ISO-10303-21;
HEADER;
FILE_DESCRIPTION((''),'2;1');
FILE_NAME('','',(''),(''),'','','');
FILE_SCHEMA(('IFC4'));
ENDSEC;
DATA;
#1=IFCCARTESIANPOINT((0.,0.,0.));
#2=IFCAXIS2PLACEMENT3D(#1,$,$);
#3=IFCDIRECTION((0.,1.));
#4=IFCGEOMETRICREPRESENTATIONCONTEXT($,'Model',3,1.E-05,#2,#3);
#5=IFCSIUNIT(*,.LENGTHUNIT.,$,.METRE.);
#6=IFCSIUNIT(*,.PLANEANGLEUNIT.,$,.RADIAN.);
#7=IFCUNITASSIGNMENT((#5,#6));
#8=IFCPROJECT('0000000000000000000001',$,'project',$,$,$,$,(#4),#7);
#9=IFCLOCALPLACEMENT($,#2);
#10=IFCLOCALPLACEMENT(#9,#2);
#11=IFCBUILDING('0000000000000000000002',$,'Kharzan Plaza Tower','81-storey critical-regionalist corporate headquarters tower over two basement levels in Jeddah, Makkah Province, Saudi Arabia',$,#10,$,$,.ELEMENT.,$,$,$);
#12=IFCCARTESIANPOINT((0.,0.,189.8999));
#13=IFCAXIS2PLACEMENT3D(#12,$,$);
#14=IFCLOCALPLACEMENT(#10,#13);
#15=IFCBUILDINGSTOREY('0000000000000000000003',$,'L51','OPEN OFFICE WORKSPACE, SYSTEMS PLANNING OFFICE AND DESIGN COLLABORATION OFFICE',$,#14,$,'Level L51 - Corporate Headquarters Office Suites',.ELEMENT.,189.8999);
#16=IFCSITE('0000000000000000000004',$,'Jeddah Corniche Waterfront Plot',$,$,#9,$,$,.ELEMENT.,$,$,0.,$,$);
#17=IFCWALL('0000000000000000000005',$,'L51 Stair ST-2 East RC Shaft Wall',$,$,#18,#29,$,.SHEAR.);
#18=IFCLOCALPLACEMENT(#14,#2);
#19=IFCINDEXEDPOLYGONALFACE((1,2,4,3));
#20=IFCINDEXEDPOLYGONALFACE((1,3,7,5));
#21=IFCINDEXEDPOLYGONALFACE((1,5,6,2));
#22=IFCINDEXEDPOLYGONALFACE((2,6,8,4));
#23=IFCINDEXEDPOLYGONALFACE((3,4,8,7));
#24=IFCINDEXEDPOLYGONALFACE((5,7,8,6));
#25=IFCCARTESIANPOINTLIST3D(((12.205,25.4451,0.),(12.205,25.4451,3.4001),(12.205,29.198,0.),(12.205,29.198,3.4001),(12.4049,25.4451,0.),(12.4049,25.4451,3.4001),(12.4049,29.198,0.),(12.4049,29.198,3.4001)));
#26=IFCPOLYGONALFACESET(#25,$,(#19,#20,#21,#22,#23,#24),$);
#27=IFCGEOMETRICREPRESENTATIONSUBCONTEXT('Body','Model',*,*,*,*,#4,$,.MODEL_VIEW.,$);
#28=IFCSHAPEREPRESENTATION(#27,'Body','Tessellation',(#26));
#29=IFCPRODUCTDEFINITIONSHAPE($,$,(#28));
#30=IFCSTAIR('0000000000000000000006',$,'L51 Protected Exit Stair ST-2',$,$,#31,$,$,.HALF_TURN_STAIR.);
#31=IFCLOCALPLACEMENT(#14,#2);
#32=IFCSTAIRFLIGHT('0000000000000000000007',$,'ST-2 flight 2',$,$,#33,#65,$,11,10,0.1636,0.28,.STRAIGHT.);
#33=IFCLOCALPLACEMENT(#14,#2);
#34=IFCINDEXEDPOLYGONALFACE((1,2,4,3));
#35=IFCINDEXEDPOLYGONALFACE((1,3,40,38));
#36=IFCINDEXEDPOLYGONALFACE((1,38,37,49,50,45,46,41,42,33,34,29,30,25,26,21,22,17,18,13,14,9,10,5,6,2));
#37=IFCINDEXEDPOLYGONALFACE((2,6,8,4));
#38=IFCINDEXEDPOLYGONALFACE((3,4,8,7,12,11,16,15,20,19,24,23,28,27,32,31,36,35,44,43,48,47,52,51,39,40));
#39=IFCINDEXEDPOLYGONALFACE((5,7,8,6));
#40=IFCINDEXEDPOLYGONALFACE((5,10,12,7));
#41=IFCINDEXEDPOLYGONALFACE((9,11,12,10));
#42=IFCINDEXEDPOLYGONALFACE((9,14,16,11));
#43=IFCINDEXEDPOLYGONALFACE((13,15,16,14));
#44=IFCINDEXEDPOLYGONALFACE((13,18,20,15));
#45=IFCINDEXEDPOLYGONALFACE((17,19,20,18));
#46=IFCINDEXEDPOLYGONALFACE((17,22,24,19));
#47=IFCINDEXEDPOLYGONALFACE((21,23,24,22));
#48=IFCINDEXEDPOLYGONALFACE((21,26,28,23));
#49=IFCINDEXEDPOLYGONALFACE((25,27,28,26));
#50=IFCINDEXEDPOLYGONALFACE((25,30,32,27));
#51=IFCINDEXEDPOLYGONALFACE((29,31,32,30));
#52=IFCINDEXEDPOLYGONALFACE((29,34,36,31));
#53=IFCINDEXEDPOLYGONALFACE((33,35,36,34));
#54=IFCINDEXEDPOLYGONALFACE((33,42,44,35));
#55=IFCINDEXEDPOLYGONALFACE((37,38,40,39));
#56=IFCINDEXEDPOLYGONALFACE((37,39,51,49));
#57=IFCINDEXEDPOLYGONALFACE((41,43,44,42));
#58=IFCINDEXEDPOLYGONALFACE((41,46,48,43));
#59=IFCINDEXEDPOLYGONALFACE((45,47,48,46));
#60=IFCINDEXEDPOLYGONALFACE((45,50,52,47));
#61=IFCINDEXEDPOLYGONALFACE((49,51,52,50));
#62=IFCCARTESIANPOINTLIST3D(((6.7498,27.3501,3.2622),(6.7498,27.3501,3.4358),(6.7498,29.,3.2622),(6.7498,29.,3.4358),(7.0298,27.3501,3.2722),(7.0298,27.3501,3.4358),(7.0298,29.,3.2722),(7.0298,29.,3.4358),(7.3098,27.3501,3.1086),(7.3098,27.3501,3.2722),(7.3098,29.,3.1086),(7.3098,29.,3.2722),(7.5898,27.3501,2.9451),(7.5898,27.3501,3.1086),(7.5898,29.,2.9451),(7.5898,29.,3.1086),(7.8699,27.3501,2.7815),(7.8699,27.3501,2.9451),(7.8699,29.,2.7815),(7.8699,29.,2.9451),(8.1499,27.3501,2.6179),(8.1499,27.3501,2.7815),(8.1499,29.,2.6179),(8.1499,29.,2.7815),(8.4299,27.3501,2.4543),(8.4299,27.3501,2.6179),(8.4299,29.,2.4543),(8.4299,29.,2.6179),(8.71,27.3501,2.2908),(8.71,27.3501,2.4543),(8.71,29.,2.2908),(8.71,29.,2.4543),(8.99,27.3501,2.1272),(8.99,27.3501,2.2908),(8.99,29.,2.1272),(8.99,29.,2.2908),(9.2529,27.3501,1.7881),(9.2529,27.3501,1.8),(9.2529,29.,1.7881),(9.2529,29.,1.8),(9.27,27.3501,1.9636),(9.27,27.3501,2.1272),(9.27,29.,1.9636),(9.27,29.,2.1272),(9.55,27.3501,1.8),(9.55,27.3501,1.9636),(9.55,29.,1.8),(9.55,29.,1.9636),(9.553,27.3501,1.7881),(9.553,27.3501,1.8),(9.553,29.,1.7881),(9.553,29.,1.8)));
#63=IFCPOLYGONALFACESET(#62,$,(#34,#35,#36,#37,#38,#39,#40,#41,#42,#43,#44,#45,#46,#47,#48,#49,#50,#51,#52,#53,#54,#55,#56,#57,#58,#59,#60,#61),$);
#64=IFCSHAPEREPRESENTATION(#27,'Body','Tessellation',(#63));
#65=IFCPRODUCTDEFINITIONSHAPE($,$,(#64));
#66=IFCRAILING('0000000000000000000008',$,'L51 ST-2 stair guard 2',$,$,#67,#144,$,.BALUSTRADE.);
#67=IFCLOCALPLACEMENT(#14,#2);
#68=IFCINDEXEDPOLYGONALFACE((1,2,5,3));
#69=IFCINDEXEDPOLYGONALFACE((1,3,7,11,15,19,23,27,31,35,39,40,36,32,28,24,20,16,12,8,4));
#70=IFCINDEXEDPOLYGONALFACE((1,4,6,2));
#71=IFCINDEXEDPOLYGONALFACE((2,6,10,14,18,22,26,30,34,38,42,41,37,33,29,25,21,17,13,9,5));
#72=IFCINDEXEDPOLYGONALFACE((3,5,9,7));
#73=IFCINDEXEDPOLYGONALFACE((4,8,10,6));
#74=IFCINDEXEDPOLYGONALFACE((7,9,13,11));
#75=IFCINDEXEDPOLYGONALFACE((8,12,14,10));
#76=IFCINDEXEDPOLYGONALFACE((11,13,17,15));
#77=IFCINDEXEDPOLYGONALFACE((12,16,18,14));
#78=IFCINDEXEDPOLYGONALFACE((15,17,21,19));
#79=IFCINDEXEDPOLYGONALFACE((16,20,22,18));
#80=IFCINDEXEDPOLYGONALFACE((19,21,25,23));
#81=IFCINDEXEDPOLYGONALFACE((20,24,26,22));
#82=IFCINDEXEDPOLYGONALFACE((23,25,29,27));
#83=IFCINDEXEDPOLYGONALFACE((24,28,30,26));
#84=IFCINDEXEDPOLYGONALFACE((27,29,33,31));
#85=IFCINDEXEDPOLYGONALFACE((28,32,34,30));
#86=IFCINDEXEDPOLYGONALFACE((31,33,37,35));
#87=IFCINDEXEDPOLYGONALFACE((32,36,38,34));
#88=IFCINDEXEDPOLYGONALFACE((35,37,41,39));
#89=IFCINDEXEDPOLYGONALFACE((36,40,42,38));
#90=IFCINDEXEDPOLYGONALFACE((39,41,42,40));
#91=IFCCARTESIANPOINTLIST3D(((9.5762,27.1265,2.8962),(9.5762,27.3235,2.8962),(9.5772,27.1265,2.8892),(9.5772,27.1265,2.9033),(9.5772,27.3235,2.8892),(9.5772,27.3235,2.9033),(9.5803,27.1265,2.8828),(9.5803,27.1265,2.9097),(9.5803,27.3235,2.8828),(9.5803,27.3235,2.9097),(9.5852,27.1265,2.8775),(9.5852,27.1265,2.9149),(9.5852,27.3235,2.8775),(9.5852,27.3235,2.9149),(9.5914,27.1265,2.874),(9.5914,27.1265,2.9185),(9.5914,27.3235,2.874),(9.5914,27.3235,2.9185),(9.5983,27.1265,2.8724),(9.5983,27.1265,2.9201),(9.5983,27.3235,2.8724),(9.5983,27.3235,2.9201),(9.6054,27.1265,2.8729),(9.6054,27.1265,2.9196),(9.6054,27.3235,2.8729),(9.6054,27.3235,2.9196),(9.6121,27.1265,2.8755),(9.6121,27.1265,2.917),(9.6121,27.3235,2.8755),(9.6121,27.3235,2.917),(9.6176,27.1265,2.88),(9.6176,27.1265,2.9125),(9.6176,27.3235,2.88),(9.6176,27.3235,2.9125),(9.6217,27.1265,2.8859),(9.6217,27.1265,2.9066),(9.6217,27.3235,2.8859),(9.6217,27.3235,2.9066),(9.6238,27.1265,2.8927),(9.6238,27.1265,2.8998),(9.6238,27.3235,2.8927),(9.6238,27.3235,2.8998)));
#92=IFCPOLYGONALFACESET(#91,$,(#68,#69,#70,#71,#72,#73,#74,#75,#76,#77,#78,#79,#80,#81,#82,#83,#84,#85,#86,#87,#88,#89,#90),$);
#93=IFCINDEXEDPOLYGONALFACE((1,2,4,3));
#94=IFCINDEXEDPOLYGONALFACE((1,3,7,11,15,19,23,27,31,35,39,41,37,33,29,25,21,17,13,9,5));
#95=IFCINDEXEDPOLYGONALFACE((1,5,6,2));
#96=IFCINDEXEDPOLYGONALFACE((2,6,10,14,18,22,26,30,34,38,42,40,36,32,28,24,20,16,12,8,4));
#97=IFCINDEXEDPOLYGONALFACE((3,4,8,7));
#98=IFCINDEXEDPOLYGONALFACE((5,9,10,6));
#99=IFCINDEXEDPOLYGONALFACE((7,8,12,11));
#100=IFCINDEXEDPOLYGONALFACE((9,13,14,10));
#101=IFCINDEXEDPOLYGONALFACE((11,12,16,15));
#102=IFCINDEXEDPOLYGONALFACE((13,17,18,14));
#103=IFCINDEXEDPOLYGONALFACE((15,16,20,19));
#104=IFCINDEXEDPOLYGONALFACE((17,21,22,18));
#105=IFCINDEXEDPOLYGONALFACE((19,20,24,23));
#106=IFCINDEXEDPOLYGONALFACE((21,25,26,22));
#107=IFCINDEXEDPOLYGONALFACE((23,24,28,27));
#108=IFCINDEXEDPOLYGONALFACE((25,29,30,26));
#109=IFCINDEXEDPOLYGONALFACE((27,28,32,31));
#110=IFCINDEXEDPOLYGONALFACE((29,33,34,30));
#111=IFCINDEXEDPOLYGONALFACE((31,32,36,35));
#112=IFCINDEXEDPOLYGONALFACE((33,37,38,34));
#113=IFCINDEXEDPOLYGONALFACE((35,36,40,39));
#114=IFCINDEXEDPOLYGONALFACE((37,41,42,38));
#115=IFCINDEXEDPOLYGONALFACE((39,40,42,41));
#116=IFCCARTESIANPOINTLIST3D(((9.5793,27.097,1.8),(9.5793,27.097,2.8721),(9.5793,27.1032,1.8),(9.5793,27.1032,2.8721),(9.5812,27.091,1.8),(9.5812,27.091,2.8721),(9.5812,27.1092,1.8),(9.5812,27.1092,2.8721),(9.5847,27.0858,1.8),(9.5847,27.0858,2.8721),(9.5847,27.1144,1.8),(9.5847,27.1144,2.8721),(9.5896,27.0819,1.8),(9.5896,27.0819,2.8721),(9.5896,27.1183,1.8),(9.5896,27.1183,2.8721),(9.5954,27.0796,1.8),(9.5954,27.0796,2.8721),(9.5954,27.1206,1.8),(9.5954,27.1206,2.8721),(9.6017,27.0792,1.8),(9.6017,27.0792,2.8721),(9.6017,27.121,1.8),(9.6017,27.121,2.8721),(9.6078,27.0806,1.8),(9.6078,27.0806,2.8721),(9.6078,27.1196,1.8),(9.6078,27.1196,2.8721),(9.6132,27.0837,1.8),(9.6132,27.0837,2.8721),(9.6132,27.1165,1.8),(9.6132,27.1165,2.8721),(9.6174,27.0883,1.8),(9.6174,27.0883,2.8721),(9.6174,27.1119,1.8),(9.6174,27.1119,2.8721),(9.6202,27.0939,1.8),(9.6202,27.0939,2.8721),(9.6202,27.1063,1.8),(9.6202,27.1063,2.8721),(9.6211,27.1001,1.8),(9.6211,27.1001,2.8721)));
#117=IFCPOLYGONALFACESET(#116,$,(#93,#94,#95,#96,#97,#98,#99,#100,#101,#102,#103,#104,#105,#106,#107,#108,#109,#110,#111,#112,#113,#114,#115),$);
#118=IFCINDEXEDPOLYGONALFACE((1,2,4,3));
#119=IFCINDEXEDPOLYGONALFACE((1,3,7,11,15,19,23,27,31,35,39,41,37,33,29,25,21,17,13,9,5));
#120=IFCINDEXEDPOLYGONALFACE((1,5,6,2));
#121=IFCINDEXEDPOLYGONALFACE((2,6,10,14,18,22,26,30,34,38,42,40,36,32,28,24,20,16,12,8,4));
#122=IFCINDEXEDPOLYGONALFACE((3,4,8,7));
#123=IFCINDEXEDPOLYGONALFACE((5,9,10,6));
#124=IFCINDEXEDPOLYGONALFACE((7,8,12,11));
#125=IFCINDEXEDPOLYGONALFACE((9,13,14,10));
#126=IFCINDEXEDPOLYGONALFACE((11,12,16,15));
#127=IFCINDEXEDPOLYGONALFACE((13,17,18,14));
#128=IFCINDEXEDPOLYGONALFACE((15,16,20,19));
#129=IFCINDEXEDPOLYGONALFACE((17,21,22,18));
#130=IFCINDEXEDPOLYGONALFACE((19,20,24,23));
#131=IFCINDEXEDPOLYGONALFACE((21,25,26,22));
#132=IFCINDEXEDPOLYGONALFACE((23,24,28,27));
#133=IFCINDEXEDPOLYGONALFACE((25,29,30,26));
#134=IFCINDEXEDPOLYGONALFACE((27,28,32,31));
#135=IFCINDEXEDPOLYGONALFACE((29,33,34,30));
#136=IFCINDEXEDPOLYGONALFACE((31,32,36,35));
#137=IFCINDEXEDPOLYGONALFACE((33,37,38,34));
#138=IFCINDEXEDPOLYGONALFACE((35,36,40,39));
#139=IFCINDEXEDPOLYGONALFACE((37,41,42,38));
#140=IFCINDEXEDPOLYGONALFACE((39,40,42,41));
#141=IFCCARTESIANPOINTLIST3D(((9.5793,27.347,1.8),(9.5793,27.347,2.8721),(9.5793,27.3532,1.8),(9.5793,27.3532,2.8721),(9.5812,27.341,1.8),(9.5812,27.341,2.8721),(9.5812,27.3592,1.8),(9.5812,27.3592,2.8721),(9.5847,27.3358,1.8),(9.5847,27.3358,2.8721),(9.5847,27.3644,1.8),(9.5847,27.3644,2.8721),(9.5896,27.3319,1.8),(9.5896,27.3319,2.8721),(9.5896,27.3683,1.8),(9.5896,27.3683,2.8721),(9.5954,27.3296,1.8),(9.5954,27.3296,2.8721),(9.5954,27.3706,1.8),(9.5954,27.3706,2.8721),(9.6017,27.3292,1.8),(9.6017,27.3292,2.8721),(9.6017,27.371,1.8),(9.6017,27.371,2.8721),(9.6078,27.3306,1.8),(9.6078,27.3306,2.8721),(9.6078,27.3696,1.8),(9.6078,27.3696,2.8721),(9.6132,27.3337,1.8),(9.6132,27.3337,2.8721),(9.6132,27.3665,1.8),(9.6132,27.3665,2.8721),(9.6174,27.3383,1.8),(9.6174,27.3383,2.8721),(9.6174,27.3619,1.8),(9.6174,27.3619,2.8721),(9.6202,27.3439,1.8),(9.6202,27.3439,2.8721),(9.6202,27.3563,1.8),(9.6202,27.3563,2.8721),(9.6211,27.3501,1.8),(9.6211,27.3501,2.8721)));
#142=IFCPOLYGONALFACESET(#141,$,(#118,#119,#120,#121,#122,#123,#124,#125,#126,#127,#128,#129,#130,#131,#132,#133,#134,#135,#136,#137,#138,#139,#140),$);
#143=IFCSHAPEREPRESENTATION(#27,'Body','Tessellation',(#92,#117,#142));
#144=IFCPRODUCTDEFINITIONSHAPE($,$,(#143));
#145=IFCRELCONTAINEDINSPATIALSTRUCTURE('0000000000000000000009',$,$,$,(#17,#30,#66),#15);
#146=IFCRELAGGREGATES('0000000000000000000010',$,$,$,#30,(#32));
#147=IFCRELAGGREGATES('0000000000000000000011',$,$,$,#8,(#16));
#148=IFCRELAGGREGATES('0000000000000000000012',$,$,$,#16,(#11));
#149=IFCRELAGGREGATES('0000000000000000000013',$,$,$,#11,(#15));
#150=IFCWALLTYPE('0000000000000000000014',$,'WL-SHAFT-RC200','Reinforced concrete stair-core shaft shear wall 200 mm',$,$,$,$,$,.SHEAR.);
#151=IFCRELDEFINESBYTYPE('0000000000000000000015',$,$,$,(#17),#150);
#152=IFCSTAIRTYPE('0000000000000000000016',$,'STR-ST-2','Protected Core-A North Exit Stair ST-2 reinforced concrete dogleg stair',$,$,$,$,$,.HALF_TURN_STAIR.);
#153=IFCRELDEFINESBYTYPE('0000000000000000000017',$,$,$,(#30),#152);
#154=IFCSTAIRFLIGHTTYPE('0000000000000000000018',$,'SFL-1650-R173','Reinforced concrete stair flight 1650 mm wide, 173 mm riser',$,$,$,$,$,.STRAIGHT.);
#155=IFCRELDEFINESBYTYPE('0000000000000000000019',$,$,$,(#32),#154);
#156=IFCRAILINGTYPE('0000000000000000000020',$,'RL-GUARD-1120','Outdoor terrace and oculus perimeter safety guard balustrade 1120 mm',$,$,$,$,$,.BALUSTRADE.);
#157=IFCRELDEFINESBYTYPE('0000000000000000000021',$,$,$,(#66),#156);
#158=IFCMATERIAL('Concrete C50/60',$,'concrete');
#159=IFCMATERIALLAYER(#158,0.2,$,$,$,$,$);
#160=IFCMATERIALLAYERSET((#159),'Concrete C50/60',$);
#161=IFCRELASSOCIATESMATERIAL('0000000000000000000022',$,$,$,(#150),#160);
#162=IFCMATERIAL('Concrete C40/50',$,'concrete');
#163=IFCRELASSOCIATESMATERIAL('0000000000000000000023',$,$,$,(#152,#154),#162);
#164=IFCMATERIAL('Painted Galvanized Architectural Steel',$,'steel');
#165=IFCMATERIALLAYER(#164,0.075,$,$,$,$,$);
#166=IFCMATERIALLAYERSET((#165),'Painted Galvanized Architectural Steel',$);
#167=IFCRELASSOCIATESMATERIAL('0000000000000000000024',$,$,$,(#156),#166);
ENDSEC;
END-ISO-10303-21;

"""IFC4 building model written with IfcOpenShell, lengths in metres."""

from ifc_helpers import new_model, si_unit, direction, frame, frame_2d, origin, origin_2d, place, context, subcontext, project, spatial, polyline, rectangle, circle, outline, extrude, source, transform, mapped, material, layer, layer_set, type_object, element, aggregate, save


model = new_model("IFC4")

# Units and contexts
model_context = context("Model", 3, precision=1e-05, world=origin(), true_north=direction((0.0, 1.0)))
body_context = subcontext(model_context, "Body", "Model", "MODEL_VIEW")
ifc_project = project(units=[si_unit("LENGTHUNIT", "METRE"), si_unit("PLANEANGLEUNIT", "RADIAN")], contexts=[model_context])

# Site, building, storey
site_placement = place(None, origin())
site = spatial("IfcSite", under=ifc_project, at=site_placement, Name="Jeddah Corniche Waterfront Plot", CompositionType="ELEMENT", RefElevation=0.0)
building_placement = place(site_placement, origin())
building = spatial("IfcBuilding", under=site, at=building_placement, Name="Kharzan Plaza Tower", Description="81-storey critical-regionalist corporate headquarters tower over two basement levels in Jeddah, Makkah Province, Saudi Arabia", CompositionType="ELEMENT")
storey_placement = place(building_placement, frame((0.0, 0.0, 189.8999)))
storey = spatial("IfcBuildingStorey", under=building, at=storey_placement, Name="L51", Description="OPEN OFFICE WORKSPACE, SYSTEMS PLANNING OFFICE AND DESIGN COLLABORATION OFFICE", LongName="Level L51 - Corporate Headquarters Office Suites", CompositionType="ELEMENT", Elevation=189.8999)

# Shared definitions
ifc_material_1 = material(Name="Concrete C40/50", Category="concrete")

# Wall
ifc_material_2 = material(Name="Concrete C50/60", Category="concrete")
ifc_layer_1 = layer(ifc_material_2, 0.2)
ifc_layer_set_1 = layer_set([ifc_layer_1], Name="Concrete C50/60")
wall_type_1 = type_object("IfcWallType", Name="WL-SHAFT-RC200", Description="Reinforced concrete stair-core shaft shear wall 200 mm", PredefinedType="SHEAR", material=ifc_layer_set_1)
shared_shape_1 = source(origin(), body_context, "Body", "SweptSolid", [
    extrude(rectangle(XDim=3.7529, YDim=0.2, at=frame_2d((1.8765, 0.0))), origin(), (0.0, 0.0, 1.0), 3.4001),
])
wall_1_placement = place(storey_placement, frame((12.3049, 25.4451, 0.0), z_axis=(0.0, 0.0, 1.0), x_axis=(0.0, 1.0, 0.0)))
element("IfcWall", 1, at=wall_1_placement, inside=storey, type_object=wall_type_1, Name="L51 Stair ST-2 East RC Shaft Wall", PredefinedType="SHEAR", context=body_context, shape_type="MappedRepresentation", body=[
    mapped(shared_shape_1, transform((0.0, 0.0, 0.0), x_axis=(1.0, 0.0, 0.0), y_axis=(0.0, 1.0, 0.0), z_axis=(0.0, 0.0, 1.0))),
])

# Stair, stair flight
stair_type = type_object("IfcStairType", Name="STR-ST-2", Description="Protected Core-A North Exit Stair ST-2 reinforced concrete dogleg stair", PredefinedType="HALF_TURN_STAIR", material=ifc_material_1)
stair_placement = place(storey_placement, origin())
stair = element("IfcStair", 2, at=stair_placement, inside=storey, type_object=stair_type, Name="L51 Protected Exit Stair ST-2", PredefinedType="HALF_TURN_STAIR")
stair_flight_type = type_object("IfcStairFlightType", Name="SFL-1650-R173", Description="Reinforced concrete stair flight 1650 mm wide, 173 mm riser", PredefinedType="STRAIGHT", material=ifc_material_1)
shared_shape_2 = source(origin(), body_context, "Body", "SweptSolid", [
    extrude(outline(polyline([(-0.0029, -0.012), (-0.0029, 0.0), (0.0, 0.0), (0.0, 0.1636), (0.28, 0.1636), (0.28, 0.3271), (0.5601, 0.3271), (0.5601, 0.4907), (0.8401, 0.4907), (0.8401, 0.6543), (1.1201, 0.6543), (1.1201, 0.8179), (1.4001, 0.8179), (1.4001, 0.9814), (1.6802, 0.9814), (1.6802, 1.145), (1.9602, 1.145), (1.9602, 1.3086), (2.2402, 1.3086), (2.2402, 1.4722), (2.5203, 1.4722), (2.5203, 1.6357), (2.8003, 1.6357), (2.8003, 1.7993), (2.8003, 1.4622), (0.2971, 0.0), (0.2971, -0.012), (-0.0029, -0.012)])), frame((0.0, 0.825, 0.0), z_axis=(0.0, -1.0, 0.0), x_axis=(1.0, 0.0, 0.0)), (0.0, 0.0, 1.0), 1.6499),
])
stair_flight_placement = place(storey_placement, frame((9.55, 28.175, 1.8), z_axis=(0.0, 0.0, 1.0), x_axis=(-1.0, 0.0, 0.0)))
stair_flight = element("IfcStairFlight", 3, at=stair_flight_placement, type_object=stair_flight_type, Name="ST-2 flight 2", NumberOfRisers=11, NumberOfTreads=10, PredefinedType="STRAIGHT", RiserHeight=0.1636, TreadLength=0.28, context=body_context, shape_type="MappedRepresentation", body=[
    mapped(shared_shape_2, transform((0.0, 0.0, 0.0), x_axis=(1.0, 0.0, 0.0), y_axis=(0.0, 1.0, 0.0), z_axis=(0.0, 0.0, 1.0))),
])
aggregate(stair, [stair_flight])

# Railing
ifc_material_3 = material(Name="Painted Galvanized Architectural Steel", Category="steel")
ifc_layer_2 = layer(ifc_material_3, 0.075)
ifc_layer_set_2 = layer_set([ifc_layer_2], Name="Painted Galvanized Architectural Steel")
railing_type_1 = type_object("IfcRailingType", Name="RL-GUARD-1120", Description="Outdoor terrace and oculus perimeter safety guard balustrade 1120 mm", PredefinedType="BALUSTRADE", material=ifc_layer_set_2)
shared_shape_3 = source(origin(), body_context, "Body", "SweptSolid", [
    extrude(circle(Radius=0.0239, at=origin_2d()), frame((0.0, 0.0264, 1.0962), z_axis=(0.0, 1.0, 0.0), x_axis=(-1.0, 0.0, 0.0)), (0.0, 0.0, 1.0), 0.197),
    extrude(circle(Radius=0.021, at=origin_2d()), origin(), (0.0, 0.0, 1.0), 1.072),
    extrude(circle(Radius=0.021, at=origin_2d()), frame((0.0, 0.25, 0.0)), (0.0, 0.0, 1.0), 1.072),
])
railing_1_placement = place(storey_placement, frame((9.6001, 27.1001, 1.8)))
element("IfcRailing", 4, at=railing_1_placement, inside=storey, type_object=railing_type_1, Name="L51 ST-2 stair guard 2", PredefinedType="BALUSTRADE", context=body_context, shape_type="MappedRepresentation", body=[
    mapped(shared_shape_3, transform((0.0, 0.0, 0.0), x_axis=(1.0, 0.0, 0.0), y_axis=(0.0, 1.0, 0.0), z_axis=(0.0, 0.0, 1.0))),
])

save(model, "model.ifc")
